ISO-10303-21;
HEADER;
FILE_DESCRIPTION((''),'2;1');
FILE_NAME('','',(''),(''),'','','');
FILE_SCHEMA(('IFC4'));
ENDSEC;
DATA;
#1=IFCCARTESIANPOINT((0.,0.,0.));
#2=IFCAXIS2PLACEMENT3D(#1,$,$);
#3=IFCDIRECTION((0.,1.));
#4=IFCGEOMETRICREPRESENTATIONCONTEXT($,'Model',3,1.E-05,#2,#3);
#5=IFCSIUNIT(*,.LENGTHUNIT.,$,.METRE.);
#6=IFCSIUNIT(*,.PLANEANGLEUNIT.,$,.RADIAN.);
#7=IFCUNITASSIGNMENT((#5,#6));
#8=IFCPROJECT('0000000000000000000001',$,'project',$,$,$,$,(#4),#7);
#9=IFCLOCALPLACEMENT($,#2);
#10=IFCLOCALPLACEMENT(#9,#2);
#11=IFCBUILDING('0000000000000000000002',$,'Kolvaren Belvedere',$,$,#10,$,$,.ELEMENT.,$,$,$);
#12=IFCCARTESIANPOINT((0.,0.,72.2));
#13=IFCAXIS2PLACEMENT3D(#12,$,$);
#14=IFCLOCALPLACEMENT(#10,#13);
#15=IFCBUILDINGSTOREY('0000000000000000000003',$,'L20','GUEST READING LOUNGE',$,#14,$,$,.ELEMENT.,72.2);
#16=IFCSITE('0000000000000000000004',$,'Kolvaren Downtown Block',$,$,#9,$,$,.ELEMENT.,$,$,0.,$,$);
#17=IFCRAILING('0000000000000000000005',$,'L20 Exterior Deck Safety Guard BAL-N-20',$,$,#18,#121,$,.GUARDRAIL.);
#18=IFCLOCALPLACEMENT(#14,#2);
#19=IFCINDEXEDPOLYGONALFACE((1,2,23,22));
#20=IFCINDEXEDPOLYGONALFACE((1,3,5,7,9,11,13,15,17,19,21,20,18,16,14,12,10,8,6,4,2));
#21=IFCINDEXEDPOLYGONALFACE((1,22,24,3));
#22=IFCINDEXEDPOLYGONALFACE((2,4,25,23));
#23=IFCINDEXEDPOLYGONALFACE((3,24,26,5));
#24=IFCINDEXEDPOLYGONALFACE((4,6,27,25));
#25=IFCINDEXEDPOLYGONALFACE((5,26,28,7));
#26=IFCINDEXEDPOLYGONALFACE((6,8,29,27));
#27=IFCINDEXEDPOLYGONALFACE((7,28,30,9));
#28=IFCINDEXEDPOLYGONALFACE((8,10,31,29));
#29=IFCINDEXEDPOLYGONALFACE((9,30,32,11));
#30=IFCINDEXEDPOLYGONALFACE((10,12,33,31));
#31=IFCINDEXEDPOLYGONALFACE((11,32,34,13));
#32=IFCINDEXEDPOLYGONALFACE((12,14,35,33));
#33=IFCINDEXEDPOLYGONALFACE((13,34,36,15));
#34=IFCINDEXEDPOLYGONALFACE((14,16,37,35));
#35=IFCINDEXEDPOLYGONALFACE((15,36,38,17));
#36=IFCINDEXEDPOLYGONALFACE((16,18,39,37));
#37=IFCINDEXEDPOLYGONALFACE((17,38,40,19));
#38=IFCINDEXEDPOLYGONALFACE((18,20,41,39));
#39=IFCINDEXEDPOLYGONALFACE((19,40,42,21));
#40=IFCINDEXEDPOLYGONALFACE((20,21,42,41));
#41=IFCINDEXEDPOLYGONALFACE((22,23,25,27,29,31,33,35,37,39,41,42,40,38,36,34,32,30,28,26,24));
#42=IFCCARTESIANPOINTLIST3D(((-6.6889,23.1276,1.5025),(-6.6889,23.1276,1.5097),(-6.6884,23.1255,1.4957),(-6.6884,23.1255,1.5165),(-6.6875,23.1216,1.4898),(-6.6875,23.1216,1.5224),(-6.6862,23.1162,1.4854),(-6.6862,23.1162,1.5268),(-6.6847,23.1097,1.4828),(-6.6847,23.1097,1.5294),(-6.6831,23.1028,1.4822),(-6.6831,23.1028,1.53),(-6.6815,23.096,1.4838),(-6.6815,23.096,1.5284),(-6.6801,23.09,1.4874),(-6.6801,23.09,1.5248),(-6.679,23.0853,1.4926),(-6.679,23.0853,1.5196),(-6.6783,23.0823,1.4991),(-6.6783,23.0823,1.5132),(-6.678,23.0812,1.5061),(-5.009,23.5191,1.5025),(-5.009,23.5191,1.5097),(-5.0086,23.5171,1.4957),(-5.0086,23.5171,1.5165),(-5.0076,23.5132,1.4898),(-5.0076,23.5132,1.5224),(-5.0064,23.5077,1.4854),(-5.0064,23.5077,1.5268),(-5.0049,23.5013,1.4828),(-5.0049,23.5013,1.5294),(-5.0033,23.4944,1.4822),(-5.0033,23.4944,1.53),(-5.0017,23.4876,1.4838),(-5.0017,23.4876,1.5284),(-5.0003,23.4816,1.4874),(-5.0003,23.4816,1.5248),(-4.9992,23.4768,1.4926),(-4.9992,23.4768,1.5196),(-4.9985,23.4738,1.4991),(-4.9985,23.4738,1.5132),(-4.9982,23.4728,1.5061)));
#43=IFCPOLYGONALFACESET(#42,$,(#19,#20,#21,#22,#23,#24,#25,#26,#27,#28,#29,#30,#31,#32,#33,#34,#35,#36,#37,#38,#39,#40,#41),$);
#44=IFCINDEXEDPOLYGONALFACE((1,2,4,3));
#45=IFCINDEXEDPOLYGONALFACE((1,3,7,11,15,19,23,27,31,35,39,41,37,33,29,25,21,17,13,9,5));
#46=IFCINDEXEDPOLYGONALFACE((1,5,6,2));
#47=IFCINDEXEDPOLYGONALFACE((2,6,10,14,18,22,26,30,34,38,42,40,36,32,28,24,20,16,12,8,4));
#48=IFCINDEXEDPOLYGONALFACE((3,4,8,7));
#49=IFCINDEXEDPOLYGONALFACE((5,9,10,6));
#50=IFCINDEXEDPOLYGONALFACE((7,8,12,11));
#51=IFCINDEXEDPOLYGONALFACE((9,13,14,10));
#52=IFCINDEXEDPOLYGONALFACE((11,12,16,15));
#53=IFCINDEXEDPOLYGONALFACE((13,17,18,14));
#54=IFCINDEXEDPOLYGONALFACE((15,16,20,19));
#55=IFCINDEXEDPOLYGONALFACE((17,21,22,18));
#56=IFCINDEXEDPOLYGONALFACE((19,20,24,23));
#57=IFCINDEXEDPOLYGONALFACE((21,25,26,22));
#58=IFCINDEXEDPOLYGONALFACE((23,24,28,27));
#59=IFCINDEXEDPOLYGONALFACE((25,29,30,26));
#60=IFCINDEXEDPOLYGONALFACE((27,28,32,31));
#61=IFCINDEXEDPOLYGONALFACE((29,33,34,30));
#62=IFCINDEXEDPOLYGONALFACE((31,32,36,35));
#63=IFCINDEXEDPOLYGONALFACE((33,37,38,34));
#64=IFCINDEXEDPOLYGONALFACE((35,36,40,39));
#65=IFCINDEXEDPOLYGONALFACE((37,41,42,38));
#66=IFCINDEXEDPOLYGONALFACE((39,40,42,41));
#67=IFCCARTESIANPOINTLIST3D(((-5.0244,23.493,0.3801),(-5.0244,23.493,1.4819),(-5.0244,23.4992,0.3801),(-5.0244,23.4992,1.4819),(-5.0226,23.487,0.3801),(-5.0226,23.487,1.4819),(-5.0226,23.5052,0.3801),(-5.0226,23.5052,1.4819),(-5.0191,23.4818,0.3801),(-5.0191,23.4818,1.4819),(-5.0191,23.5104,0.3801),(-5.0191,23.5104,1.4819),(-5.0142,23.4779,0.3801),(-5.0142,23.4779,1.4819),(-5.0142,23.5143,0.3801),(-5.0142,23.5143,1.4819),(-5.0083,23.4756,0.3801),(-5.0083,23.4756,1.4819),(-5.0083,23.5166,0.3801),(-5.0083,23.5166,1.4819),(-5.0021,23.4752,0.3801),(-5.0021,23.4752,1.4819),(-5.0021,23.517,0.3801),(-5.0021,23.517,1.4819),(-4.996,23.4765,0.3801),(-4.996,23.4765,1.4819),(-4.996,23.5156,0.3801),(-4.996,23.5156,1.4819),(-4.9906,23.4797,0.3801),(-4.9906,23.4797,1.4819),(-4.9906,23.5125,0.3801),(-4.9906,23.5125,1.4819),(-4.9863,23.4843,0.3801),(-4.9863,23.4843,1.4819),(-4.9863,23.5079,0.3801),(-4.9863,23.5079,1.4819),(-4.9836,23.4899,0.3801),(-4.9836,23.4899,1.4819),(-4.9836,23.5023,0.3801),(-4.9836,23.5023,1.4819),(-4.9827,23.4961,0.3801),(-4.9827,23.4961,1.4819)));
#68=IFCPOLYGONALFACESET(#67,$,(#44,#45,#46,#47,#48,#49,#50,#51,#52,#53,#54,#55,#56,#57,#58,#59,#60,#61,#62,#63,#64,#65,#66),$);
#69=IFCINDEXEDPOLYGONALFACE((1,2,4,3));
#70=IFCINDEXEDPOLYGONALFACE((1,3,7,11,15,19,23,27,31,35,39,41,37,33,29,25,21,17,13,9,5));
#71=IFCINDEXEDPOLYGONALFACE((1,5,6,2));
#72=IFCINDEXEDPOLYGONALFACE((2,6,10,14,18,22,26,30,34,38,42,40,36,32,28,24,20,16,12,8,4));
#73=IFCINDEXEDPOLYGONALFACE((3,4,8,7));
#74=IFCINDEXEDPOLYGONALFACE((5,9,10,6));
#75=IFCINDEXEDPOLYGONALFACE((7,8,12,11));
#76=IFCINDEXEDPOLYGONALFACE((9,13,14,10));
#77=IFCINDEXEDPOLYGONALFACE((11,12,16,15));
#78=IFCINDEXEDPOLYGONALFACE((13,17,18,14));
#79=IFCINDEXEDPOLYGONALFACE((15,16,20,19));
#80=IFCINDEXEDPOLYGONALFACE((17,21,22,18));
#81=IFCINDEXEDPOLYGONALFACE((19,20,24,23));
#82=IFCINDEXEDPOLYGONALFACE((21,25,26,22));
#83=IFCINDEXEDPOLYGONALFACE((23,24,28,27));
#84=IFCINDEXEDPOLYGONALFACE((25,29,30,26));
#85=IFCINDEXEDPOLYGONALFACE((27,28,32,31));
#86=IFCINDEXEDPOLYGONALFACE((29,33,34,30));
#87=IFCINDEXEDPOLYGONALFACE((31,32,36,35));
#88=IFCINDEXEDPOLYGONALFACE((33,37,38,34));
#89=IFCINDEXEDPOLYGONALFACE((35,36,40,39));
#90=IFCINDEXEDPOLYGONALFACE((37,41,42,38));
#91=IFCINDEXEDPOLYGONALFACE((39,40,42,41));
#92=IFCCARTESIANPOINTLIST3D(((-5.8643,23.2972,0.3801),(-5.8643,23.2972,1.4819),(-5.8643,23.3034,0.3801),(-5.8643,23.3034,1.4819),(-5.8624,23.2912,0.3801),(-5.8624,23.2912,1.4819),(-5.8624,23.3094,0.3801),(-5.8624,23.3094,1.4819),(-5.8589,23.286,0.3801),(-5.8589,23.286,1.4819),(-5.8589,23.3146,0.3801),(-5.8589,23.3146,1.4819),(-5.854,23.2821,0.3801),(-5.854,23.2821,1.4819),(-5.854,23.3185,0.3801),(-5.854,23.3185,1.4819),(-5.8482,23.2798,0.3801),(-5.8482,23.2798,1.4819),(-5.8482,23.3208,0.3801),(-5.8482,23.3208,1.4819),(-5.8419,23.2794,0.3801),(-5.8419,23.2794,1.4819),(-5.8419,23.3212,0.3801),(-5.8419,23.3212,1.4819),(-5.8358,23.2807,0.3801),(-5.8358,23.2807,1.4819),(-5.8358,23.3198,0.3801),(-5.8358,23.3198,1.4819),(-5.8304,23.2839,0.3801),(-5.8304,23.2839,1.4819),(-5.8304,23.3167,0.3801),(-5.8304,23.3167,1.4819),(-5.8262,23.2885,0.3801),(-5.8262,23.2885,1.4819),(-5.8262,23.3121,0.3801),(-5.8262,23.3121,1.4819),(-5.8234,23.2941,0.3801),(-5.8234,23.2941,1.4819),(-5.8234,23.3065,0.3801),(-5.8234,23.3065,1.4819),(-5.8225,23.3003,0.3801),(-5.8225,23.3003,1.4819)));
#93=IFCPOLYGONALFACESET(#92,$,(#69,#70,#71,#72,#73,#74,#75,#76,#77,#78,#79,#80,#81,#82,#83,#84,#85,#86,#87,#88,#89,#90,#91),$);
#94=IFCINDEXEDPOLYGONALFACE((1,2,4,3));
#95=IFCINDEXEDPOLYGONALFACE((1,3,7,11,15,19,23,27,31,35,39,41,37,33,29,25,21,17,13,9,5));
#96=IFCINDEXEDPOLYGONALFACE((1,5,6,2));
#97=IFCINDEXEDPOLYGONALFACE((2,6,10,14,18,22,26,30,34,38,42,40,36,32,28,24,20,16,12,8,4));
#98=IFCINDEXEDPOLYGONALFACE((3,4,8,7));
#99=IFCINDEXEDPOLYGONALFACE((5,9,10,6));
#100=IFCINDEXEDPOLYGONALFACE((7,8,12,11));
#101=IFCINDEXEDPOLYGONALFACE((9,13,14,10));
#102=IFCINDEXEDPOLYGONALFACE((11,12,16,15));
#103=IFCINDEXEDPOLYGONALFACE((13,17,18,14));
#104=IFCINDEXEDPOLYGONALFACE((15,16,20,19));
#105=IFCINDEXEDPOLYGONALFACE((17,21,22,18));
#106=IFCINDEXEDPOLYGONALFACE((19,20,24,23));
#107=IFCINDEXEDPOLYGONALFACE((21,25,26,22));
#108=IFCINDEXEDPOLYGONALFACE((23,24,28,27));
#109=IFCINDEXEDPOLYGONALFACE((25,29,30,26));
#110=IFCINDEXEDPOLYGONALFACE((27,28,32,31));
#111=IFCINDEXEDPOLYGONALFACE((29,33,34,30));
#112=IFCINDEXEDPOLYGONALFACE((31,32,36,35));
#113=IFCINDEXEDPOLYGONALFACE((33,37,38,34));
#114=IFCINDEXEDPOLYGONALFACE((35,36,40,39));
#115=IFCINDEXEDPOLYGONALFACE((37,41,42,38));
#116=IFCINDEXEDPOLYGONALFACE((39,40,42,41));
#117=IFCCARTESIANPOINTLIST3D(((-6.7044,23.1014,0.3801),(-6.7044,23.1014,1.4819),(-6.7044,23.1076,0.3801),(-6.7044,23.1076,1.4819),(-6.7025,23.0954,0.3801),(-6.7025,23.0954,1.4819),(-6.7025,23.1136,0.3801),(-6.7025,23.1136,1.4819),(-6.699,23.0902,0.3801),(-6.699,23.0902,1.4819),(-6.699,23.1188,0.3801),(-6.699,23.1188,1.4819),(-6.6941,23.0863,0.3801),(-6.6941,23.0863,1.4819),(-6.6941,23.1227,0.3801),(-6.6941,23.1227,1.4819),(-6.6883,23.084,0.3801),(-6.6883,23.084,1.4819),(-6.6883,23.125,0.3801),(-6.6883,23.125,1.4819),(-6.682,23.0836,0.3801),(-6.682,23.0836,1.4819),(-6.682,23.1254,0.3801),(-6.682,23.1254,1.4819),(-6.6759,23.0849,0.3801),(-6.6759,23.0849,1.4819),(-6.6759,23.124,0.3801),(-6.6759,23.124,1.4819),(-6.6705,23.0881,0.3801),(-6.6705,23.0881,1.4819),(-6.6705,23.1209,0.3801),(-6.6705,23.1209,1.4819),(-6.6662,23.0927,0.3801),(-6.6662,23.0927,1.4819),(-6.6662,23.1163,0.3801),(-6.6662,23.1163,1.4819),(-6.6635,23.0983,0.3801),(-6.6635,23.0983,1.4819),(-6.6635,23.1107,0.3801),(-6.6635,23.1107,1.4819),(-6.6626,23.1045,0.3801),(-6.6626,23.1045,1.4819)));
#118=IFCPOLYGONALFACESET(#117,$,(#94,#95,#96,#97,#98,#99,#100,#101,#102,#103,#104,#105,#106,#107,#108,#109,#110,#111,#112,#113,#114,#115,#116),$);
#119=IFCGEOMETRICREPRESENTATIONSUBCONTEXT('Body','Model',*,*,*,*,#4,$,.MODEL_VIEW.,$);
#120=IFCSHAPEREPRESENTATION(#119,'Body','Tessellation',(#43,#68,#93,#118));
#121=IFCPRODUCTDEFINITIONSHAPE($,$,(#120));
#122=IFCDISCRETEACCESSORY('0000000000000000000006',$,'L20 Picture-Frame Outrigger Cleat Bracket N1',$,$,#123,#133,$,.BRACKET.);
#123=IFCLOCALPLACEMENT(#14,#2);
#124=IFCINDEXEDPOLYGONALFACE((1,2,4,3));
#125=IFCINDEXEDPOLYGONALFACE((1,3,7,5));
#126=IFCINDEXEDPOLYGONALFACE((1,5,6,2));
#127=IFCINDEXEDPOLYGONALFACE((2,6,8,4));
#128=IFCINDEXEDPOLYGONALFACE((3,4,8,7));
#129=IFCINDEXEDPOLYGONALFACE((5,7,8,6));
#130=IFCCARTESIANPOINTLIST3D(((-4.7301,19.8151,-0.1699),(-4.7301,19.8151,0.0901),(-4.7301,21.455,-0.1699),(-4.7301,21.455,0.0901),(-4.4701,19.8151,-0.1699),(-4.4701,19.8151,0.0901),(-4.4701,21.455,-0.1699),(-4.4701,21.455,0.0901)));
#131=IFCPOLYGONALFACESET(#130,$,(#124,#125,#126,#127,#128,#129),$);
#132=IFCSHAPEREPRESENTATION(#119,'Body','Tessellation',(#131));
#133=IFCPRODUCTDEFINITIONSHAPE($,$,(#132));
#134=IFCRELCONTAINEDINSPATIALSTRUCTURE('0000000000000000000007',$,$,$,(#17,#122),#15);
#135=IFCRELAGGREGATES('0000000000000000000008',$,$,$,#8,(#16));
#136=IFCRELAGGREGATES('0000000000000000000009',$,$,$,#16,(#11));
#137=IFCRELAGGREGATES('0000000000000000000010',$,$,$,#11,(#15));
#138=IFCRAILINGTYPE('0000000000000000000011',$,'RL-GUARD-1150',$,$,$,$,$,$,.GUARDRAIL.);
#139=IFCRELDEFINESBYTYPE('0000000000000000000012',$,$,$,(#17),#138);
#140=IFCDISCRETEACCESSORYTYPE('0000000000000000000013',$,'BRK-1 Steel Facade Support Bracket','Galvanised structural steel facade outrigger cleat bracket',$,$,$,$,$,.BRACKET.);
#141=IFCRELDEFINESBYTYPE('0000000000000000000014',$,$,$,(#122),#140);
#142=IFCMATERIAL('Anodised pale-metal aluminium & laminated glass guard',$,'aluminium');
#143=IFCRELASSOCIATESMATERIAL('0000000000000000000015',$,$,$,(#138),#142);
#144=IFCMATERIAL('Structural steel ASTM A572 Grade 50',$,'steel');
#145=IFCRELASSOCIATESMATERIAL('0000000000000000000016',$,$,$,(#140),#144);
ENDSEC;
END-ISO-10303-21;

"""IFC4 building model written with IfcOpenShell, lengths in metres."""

from ifc_helpers import new_model, si_unit, direction, frame, origin, origin_2d, place, context, subcontext, project, spatial, rectangle, circle, extrude, material, type_object, element, save


model = new_model("IFC4")

# Units and contexts
model_context = context("Model", 3, precision=1e-05, world=origin(), true_north=direction((0.0, 1.0)))
body_context = subcontext(model_context, "Body", "Model", "MODEL_VIEW")
ifc_project = project(units=[si_unit("LENGTHUNIT", "METRE"), si_unit("PLANEANGLEUNIT", "RADIAN")], contexts=[model_context])

# Site, building, storey
site_placement = place(None, origin())
site = spatial("IfcSite", under=ifc_project, at=site_placement, Name="Kolvaren Downtown Block", CompositionType="ELEMENT", RefElevation=0.0)
building_placement = place(site_placement, origin())
building = spatial("IfcBuilding", under=site, at=building_placement, Name="Kolvaren Belvedere", CompositionType="ELEMENT")
storey_placement = place(building_placement, frame((0.0, 0.0, 72.2)))
storey = spatial("IfcBuildingStorey", under=building, at=storey_placement, Name="L20", Description="GUEST READING LOUNGE", CompositionType="ELEMENT", Elevation=72.2)

# Railing
ifc_material_1 = material(Name="Anodised pale-metal aluminium & laminated glass guard", Category="aluminium")
railing_type = type_object("IfcRailingType", Name="RL-GUARD-1150", PredefinedType="GUARDRAIL", material=ifc_material_1)
railing_1_placement = place(storey_placement, frame((-5.0037, 23.4961, 0.3801)))
element("IfcRailing", 1, at=railing_1_placement, inside=storey, type_object=railing_type, Name="L20 Exterior Deck Safety Guard BAL-N-20", PredefinedType="GUARDRAIL", context=body_context, shape_type="SweptSolid", body=[
    extrude(circle(Radius=0.0239, at=origin_2d()), frame((0.0, 0.0, 1.126), z_axis=(-0.97389, -0.227019, 0.0), x_axis=(0.227019, -0.97389, 0.0)), (0.0, 0.0, 1.0), 1.7249),
    extrude(circle(Radius=0.021, at=origin_2d()), origin(), (0.0, 0.0, 1.0), 1.1018),
    extrude(circle(Radius=0.021, at=origin_2d()), frame((-0.8398, -0.1958, 0.0)), (0.0, 0.0, 1.0), 1.1018),
    extrude(circle(Radius=0.021, at=origin_2d()), frame((-1.6799, -0.3916, 0.0)), (0.0, 0.0, 1.0), 1.1018),
])

# Discrete accessory
ifc_material_2 = material(Name="Structural steel ASTM A572 Grade 50", Category="steel")
discrete_accessory_type = type_object("IfcDiscreteAccessoryType", Name="BRK-1 Steel Facade Support Bracket", Description="Galvanised structural steel facade outrigger cleat bracket", PredefinedType="BRACKET", material=ifc_material_2)
discrete_accessory_placement = place(storey_placement, frame((-4.6001, 20.635, -0.1699), z_axis=(0.0, 0.0, 1.0), x_axis=(0.0, 1.0, 0.0)))
element("IfcDiscreteAccessory", 2, at=discrete_accessory_placement, inside=storey, type_object=discrete_accessory_type, Name="L20 Picture-Frame Outrigger Cleat Bracket N1", PredefinedType="BRACKET", context=body_context, shape_type="SweptSolid", body=[
    extrude(rectangle(XDim=1.6399, YDim=0.26, at=origin_2d()), origin(), (0.0, 0.0, 1.0), 0.26),
])

save(model, "model.ifc")
